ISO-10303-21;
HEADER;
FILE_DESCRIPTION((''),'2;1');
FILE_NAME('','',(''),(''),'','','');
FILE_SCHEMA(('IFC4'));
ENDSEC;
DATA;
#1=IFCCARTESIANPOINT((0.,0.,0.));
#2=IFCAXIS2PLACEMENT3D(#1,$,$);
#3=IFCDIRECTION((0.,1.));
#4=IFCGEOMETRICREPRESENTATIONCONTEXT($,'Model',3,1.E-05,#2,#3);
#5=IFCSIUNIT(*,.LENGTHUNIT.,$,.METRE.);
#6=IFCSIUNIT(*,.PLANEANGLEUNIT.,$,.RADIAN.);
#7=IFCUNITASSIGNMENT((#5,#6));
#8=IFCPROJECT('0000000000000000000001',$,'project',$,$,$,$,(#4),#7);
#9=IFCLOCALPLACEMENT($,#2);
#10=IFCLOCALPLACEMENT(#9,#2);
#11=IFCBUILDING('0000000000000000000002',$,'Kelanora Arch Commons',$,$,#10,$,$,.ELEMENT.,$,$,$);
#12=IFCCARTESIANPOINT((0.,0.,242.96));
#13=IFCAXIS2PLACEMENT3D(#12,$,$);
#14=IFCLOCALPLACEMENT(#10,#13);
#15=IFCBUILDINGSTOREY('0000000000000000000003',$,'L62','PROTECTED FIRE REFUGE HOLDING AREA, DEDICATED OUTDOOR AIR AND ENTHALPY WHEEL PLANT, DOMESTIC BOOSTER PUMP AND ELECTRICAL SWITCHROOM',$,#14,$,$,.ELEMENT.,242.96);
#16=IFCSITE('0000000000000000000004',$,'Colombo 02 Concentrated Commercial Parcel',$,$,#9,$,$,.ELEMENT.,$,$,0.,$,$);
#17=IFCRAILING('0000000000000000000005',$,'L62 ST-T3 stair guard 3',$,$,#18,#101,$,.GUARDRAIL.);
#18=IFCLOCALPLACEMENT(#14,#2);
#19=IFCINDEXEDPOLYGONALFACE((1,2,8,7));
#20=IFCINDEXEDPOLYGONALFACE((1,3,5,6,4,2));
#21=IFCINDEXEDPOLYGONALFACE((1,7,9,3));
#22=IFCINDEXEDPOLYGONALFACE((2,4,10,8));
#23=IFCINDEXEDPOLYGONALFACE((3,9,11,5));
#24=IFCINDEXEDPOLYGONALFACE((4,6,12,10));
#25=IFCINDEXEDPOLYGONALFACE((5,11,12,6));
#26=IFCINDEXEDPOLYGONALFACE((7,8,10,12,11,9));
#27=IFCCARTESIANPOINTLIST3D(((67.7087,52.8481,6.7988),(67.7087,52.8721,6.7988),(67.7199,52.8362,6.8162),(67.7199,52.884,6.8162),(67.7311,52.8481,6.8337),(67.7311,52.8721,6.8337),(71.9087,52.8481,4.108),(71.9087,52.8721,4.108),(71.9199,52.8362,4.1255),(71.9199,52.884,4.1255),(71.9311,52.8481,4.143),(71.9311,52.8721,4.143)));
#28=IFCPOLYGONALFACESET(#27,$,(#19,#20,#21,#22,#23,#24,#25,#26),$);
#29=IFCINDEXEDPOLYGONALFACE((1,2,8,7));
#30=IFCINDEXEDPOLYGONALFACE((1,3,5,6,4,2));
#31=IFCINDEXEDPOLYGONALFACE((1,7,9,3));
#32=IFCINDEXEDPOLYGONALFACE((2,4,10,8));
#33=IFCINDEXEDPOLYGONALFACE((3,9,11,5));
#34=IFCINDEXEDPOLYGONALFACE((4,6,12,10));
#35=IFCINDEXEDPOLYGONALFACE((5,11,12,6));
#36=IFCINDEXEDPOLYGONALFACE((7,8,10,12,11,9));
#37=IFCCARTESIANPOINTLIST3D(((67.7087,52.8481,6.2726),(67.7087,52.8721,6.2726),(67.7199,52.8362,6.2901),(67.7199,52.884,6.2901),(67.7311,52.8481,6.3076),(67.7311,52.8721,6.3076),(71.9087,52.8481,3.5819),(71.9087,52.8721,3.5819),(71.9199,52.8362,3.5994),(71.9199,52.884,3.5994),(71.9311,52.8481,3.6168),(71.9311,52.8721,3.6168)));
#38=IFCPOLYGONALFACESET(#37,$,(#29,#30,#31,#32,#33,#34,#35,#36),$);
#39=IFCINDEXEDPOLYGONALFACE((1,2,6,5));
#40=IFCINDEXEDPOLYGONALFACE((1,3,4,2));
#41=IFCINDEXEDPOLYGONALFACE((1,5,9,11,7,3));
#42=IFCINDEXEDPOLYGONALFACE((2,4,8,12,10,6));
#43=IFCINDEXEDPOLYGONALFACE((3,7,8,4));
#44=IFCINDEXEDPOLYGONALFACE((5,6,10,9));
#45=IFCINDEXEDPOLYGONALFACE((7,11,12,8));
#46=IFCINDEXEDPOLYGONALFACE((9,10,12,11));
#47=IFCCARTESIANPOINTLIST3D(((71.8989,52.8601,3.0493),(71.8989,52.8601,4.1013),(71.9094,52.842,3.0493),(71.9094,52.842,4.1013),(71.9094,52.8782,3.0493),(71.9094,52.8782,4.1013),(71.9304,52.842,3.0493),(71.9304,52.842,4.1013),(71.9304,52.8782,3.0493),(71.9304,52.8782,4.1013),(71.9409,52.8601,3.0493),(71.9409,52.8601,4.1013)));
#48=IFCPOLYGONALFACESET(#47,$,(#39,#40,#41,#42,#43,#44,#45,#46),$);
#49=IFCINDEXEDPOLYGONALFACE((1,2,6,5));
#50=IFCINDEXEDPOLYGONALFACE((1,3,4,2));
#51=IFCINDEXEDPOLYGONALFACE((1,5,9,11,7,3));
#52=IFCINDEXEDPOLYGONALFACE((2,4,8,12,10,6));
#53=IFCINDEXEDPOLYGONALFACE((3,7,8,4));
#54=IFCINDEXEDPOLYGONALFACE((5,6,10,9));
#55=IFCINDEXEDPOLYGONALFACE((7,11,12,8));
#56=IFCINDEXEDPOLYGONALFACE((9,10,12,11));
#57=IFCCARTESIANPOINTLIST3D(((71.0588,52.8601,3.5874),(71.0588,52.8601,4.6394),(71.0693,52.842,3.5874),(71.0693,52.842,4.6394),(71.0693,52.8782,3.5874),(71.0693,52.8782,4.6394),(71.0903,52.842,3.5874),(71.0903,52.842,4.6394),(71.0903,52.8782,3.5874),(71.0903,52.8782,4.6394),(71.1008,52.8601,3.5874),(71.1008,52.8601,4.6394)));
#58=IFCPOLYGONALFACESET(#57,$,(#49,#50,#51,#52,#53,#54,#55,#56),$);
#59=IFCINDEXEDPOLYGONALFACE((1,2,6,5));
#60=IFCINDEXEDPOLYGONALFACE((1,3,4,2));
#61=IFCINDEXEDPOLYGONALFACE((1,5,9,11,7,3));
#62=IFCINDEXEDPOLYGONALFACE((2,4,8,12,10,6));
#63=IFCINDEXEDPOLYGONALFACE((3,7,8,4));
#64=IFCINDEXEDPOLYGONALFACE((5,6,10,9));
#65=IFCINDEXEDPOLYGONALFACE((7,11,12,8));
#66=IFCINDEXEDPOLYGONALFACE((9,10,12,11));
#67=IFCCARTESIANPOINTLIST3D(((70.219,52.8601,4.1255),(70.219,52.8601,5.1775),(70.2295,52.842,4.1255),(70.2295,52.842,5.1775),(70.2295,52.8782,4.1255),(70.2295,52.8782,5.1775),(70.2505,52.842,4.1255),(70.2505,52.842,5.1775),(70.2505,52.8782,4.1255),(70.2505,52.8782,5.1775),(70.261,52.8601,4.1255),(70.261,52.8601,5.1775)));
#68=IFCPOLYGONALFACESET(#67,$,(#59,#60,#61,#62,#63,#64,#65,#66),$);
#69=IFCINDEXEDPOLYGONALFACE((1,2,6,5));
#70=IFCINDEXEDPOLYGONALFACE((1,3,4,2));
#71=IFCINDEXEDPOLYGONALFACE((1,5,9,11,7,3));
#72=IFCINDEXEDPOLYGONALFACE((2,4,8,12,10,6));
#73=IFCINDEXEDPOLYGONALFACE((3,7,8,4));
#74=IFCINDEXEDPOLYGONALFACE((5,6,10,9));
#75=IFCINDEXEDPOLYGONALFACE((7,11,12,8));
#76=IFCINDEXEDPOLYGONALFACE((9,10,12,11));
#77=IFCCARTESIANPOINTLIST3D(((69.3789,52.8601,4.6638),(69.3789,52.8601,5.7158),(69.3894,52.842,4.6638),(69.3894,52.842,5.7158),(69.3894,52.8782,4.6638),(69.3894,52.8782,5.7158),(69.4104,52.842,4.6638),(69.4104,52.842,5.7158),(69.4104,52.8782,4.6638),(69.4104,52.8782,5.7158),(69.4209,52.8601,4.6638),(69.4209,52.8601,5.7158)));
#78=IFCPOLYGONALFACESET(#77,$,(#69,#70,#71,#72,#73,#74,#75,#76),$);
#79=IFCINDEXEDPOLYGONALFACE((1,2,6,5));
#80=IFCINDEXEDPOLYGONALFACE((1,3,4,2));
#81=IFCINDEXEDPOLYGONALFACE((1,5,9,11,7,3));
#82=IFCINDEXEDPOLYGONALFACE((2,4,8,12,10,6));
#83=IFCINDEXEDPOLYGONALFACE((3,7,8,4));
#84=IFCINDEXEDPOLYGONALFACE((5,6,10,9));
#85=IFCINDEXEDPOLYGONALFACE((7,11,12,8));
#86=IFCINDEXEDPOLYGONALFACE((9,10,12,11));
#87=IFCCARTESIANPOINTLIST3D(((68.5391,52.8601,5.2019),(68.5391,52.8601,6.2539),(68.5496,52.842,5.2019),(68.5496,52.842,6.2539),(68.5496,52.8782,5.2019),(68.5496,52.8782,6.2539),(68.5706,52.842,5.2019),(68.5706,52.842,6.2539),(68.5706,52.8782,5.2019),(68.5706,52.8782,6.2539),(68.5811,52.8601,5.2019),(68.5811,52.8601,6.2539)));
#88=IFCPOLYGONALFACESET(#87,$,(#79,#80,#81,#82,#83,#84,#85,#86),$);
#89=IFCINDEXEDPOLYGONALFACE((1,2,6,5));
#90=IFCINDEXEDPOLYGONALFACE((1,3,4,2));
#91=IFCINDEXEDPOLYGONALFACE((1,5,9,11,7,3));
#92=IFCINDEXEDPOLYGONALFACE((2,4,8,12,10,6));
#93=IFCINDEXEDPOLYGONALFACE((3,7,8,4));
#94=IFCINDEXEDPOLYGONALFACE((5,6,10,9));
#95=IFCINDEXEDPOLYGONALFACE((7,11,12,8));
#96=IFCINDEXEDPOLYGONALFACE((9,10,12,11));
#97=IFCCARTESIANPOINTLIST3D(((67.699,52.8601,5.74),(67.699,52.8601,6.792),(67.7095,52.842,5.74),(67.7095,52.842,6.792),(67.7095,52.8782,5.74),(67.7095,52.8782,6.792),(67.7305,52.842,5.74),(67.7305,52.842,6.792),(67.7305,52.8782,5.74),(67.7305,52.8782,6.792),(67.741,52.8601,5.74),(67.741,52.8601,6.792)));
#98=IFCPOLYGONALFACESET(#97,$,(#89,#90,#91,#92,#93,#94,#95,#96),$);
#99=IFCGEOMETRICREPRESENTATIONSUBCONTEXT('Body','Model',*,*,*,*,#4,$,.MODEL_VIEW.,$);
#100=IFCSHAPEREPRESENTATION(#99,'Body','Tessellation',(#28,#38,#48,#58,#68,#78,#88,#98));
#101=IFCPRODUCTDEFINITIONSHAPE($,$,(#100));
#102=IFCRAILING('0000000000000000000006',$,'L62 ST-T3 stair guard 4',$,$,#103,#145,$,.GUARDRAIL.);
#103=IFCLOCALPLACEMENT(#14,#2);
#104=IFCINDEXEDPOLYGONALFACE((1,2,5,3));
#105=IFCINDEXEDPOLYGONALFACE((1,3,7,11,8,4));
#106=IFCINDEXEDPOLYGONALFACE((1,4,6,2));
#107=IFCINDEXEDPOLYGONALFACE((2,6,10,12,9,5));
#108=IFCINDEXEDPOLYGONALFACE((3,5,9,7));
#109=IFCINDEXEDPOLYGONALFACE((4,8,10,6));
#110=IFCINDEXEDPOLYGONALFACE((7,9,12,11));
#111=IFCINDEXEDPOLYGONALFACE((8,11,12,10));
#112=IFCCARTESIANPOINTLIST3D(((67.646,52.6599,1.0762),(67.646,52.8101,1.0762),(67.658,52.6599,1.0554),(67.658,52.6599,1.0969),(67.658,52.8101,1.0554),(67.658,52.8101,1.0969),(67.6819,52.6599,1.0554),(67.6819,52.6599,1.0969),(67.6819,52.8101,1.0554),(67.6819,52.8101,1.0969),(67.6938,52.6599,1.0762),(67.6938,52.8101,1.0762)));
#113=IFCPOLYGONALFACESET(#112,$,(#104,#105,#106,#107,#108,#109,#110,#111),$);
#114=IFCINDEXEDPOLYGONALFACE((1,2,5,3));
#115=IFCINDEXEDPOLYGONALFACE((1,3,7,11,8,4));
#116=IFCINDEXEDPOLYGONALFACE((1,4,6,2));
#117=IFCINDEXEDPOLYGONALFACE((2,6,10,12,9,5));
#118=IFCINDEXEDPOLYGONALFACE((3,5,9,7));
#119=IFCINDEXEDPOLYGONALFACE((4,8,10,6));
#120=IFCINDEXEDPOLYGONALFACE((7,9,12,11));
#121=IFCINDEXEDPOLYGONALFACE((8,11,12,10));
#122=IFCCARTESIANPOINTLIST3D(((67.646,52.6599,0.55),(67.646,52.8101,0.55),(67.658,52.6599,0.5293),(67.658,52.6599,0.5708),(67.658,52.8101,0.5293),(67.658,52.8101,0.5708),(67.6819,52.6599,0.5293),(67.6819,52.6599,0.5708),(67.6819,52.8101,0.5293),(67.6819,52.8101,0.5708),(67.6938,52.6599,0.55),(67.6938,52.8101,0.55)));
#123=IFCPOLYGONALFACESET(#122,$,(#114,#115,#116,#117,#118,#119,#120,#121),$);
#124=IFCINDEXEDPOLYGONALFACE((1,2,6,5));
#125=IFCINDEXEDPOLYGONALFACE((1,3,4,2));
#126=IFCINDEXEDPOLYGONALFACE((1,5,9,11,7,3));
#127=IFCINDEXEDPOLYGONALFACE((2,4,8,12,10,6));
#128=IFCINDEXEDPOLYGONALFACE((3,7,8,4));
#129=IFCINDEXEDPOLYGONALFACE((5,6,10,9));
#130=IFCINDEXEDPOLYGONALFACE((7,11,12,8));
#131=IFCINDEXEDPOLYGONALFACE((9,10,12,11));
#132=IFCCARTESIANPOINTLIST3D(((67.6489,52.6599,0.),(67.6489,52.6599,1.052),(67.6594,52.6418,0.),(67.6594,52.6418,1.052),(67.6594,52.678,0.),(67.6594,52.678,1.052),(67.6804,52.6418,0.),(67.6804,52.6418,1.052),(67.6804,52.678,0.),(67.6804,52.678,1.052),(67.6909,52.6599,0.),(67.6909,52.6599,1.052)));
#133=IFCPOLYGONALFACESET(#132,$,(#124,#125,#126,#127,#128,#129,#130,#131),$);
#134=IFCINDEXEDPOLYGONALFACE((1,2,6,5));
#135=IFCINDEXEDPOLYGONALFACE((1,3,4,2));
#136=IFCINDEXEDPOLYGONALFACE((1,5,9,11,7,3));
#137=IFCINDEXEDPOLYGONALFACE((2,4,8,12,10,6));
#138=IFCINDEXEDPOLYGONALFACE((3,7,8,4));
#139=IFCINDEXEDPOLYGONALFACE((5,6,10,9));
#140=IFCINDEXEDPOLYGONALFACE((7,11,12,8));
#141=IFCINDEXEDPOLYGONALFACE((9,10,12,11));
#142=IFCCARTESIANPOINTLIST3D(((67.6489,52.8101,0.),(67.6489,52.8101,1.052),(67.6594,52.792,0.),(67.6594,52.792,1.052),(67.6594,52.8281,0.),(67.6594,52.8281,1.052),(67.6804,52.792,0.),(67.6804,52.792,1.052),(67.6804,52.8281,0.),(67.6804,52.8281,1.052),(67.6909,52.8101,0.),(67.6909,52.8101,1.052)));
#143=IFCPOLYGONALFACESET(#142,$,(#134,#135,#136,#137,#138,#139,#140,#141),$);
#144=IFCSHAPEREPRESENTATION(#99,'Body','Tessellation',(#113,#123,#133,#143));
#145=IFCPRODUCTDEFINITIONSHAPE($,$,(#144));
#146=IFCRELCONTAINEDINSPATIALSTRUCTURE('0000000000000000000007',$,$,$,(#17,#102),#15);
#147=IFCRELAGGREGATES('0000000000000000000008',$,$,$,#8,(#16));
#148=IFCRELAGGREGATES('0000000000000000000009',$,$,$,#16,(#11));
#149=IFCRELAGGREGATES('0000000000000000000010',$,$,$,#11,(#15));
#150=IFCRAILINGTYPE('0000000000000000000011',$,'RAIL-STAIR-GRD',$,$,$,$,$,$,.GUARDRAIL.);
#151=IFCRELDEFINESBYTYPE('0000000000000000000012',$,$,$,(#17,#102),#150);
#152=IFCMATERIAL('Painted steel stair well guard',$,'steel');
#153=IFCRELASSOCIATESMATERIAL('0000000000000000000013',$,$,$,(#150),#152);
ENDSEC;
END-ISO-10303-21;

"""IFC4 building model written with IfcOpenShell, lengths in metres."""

from ifc_helpers import new_model, si_unit, direction, frame, origin, place, context, subcontext, project, spatial, polyline, outline, extrude, material, type_object, element, save


model = new_model("IFC4")

# Units and contexts
model_context = context("Model", 3, precision=1e-05, world=origin(), true_north=direction((0.0, 1.0)))
body_context = subcontext(model_context, "Body", "Model", "MODEL_VIEW")
ifc_project = project(units=[si_unit("LENGTHUNIT", "METRE"), si_unit("PLANEANGLEUNIT", "RADIAN")], contexts=[model_context])

# Site, building, storey
site_placement = place(None, origin())
site = spatial("IfcSite", under=ifc_project, at=site_placement, Name="Colombo 02 Concentrated Commercial Parcel", CompositionType="ELEMENT", RefElevation=0.0)
building_placement = place(site_placement, origin())
building = spatial("IfcBuilding", under=site, at=building_placement, Name="Kelanora Arch Commons", CompositionType="ELEMENT")
storey_placement = place(building_placement, frame((0.0, 0.0, 242.96)))
storey = spatial("IfcBuildingStorey", under=building, at=storey_placement, Name="L62", Description="PROTECTED FIRE REFUGE HOLDING AREA, DEDICATED OUTDOOR AIR AND ENTHALPY WHEEL PLANT, DOMESTIC BOOSTER PUMP AND ELECTRICAL SWITCHROOM", CompositionType="ELEMENT", Elevation=242.96)

# Railings
ifc_material_1 = material(Name="Painted steel stair well guard", Category="steel")
railing_type_1 = type_object("IfcRailingType", Name="RAIL-STAIR-GRD", PredefinedType="GUARDRAIL", material=ifc_material_1)
railing_1_placement = place(storey_placement, frame((71.9199, 52.8601, 3.0493)))
element("IfcRailing", 1, at=railing_1_placement, inside=storey, type_object=railing_type_1, Name="L62 ST-T3 stair guard 3", PredefinedType="GUARDRAIL", context=body_context, shape_type="SweptSolid", body=[
    extrude(outline(polyline([(0.0239, 0.0), (0.012, 0.0208), (-0.012, 0.0208), (-0.0239, 0.0), (-0.012, -0.0208), (0.012, -0.0208), (0.0239, 0.0)])), frame((0.0, 0.0, 1.0762), z_axis=(-0.842025, 0.0, 0.539438), x_axis=(0.0, -1.0, 0.0)), (0.0, 0.0, 1.0), 4.988),
    extrude(outline(polyline([(0.0239, 0.0), (0.012, 0.0208), (-0.012, 0.0208), (-0.0239, 0.0), (-0.012, -0.0208), (0.012, -0.0208), (0.0239, 0.0)])), frame((0.0, 0.0, 0.55), z_axis=(-0.842025, 0.0, 0.539438), x_axis=(0.0, -1.0, 0.0)), (0.0, 0.0, 1.0), 4.988),
    extrude(outline(polyline([(0.021, 0.0), (0.0105, 0.0181), (-0.0105, 0.0181), (-0.021, 0.0), (-0.0105, -0.0181), (0.0105, -0.0181), (0.021, 0.0)])), origin(), (0.0, 0.0, 1.0), 1.052),
    extrude(outline(polyline([(0.021, 0.0), (0.0105, 0.0181), (-0.0105, 0.0181), (-0.021, 0.0), (-0.0105, -0.0181), (0.0105, -0.0181), (0.021, 0.0)])), frame((-0.8401, 0.0, 0.5381)), (0.0, 0.0, 1.0), 1.052),
    extrude(outline(polyline([(0.021, 0.0), (0.0105, 0.0181), (-0.0105, 0.0181), (-0.021, 0.0), (-0.0105, -0.0181), (0.0105, -0.0181), (0.021, 0.0)])), frame((-1.6799, 0.0, 1.0762)), (0.0, 0.0, 1.0), 1.052),
    extrude(outline(polyline([(0.021, 0.0), (0.0105, 0.0181), (-0.0105, 0.0181), (-0.021, 0.0), (-0.0105, -0.0181), (0.0105, -0.0181), (0.021, 0.0)])), frame((-2.52, 0.0, 1.6145)), (0.0, 0.0, 1.0), 1.052),
    extrude(outline(polyline([(0.021, 0.0), (0.0105, 0.0181), (-0.0105, 0.0181), (-0.021, 0.0), (-0.0105, -0.0181), (0.0105, -0.0181), (0.021, 0.0)])), frame((-3.3599, 0.0, 2.1526)), (0.0, 0.0, 1.0), 1.052),
    extrude(outline(polyline([(0.021, 0.0), (0.0105, 0.0181), (-0.0105, 0.0181), (-0.021, 0.0), (-0.0105, -0.0181), (0.0105, -0.0181), (0.021, 0.0)])), frame((-4.2, 0.0, 2.6907)), (0.0, 0.0, 1.0), 1.052),
])
railing_2_placement = place(storey_placement, frame((67.6699, 52.6599, 0.0)))
element("IfcRailing", 2, at=railing_2_placement, inside=storey, type_object=railing_type_1, Name="L62 ST-T3 stair guard 4", PredefinedType="GUARDRAIL", context=body_context, shape_type="SweptSolid", body=[
    extrude(outline(polyline([(0.0239, 0.0), (0.012, 0.0208), (-0.012, 0.0208), (-0.0239, 0.0), (-0.012, -0.0208), (0.012, -0.0208), (0.0239, 0.0)])), frame((0.0, 0.0, 1.0762), z_axis=(0.0, 1.0, 0.0), x_axis=(-1.0, 0.0, 0.0)), (0.0, 0.0, 1.0), 0.1501),
    extrude(outline(polyline([(0.0239, 0.0), (0.012, 0.0208), (-0.012, 0.0208), (-0.0239, 0.0), (-0.012, -0.0208), (0.012, -0.0208), (0.0239, 0.0)])), frame((0.0, 0.0, 0.55), z_axis=(0.0, 1.0, 0.0), x_axis=(-1.0, 0.0, 0.0)), (0.0, 0.0, 1.0), 0.1501),
    extrude(outline(polyline([(0.021, 0.0), (0.0105, 0.0181), (-0.0105, 0.0181), (-0.021, 0.0), (-0.0105, -0.0181), (0.0105, -0.0181), (0.021, 0.0)])), origin(), (0.0, 0.0, 1.0), 1.052),
    extrude(outline(polyline([(0.021, 0.0), (0.0105, 0.0181), (-0.0105, 0.0181), (-0.021, 0.0), (-0.0105, -0.0181), (0.0105, -0.0181), (0.021, 0.0)])), frame((0.0, 0.1501, 0.0)), (0.0, 0.0, 1.0), 1.052),
])

save(model, "model.ifc")
